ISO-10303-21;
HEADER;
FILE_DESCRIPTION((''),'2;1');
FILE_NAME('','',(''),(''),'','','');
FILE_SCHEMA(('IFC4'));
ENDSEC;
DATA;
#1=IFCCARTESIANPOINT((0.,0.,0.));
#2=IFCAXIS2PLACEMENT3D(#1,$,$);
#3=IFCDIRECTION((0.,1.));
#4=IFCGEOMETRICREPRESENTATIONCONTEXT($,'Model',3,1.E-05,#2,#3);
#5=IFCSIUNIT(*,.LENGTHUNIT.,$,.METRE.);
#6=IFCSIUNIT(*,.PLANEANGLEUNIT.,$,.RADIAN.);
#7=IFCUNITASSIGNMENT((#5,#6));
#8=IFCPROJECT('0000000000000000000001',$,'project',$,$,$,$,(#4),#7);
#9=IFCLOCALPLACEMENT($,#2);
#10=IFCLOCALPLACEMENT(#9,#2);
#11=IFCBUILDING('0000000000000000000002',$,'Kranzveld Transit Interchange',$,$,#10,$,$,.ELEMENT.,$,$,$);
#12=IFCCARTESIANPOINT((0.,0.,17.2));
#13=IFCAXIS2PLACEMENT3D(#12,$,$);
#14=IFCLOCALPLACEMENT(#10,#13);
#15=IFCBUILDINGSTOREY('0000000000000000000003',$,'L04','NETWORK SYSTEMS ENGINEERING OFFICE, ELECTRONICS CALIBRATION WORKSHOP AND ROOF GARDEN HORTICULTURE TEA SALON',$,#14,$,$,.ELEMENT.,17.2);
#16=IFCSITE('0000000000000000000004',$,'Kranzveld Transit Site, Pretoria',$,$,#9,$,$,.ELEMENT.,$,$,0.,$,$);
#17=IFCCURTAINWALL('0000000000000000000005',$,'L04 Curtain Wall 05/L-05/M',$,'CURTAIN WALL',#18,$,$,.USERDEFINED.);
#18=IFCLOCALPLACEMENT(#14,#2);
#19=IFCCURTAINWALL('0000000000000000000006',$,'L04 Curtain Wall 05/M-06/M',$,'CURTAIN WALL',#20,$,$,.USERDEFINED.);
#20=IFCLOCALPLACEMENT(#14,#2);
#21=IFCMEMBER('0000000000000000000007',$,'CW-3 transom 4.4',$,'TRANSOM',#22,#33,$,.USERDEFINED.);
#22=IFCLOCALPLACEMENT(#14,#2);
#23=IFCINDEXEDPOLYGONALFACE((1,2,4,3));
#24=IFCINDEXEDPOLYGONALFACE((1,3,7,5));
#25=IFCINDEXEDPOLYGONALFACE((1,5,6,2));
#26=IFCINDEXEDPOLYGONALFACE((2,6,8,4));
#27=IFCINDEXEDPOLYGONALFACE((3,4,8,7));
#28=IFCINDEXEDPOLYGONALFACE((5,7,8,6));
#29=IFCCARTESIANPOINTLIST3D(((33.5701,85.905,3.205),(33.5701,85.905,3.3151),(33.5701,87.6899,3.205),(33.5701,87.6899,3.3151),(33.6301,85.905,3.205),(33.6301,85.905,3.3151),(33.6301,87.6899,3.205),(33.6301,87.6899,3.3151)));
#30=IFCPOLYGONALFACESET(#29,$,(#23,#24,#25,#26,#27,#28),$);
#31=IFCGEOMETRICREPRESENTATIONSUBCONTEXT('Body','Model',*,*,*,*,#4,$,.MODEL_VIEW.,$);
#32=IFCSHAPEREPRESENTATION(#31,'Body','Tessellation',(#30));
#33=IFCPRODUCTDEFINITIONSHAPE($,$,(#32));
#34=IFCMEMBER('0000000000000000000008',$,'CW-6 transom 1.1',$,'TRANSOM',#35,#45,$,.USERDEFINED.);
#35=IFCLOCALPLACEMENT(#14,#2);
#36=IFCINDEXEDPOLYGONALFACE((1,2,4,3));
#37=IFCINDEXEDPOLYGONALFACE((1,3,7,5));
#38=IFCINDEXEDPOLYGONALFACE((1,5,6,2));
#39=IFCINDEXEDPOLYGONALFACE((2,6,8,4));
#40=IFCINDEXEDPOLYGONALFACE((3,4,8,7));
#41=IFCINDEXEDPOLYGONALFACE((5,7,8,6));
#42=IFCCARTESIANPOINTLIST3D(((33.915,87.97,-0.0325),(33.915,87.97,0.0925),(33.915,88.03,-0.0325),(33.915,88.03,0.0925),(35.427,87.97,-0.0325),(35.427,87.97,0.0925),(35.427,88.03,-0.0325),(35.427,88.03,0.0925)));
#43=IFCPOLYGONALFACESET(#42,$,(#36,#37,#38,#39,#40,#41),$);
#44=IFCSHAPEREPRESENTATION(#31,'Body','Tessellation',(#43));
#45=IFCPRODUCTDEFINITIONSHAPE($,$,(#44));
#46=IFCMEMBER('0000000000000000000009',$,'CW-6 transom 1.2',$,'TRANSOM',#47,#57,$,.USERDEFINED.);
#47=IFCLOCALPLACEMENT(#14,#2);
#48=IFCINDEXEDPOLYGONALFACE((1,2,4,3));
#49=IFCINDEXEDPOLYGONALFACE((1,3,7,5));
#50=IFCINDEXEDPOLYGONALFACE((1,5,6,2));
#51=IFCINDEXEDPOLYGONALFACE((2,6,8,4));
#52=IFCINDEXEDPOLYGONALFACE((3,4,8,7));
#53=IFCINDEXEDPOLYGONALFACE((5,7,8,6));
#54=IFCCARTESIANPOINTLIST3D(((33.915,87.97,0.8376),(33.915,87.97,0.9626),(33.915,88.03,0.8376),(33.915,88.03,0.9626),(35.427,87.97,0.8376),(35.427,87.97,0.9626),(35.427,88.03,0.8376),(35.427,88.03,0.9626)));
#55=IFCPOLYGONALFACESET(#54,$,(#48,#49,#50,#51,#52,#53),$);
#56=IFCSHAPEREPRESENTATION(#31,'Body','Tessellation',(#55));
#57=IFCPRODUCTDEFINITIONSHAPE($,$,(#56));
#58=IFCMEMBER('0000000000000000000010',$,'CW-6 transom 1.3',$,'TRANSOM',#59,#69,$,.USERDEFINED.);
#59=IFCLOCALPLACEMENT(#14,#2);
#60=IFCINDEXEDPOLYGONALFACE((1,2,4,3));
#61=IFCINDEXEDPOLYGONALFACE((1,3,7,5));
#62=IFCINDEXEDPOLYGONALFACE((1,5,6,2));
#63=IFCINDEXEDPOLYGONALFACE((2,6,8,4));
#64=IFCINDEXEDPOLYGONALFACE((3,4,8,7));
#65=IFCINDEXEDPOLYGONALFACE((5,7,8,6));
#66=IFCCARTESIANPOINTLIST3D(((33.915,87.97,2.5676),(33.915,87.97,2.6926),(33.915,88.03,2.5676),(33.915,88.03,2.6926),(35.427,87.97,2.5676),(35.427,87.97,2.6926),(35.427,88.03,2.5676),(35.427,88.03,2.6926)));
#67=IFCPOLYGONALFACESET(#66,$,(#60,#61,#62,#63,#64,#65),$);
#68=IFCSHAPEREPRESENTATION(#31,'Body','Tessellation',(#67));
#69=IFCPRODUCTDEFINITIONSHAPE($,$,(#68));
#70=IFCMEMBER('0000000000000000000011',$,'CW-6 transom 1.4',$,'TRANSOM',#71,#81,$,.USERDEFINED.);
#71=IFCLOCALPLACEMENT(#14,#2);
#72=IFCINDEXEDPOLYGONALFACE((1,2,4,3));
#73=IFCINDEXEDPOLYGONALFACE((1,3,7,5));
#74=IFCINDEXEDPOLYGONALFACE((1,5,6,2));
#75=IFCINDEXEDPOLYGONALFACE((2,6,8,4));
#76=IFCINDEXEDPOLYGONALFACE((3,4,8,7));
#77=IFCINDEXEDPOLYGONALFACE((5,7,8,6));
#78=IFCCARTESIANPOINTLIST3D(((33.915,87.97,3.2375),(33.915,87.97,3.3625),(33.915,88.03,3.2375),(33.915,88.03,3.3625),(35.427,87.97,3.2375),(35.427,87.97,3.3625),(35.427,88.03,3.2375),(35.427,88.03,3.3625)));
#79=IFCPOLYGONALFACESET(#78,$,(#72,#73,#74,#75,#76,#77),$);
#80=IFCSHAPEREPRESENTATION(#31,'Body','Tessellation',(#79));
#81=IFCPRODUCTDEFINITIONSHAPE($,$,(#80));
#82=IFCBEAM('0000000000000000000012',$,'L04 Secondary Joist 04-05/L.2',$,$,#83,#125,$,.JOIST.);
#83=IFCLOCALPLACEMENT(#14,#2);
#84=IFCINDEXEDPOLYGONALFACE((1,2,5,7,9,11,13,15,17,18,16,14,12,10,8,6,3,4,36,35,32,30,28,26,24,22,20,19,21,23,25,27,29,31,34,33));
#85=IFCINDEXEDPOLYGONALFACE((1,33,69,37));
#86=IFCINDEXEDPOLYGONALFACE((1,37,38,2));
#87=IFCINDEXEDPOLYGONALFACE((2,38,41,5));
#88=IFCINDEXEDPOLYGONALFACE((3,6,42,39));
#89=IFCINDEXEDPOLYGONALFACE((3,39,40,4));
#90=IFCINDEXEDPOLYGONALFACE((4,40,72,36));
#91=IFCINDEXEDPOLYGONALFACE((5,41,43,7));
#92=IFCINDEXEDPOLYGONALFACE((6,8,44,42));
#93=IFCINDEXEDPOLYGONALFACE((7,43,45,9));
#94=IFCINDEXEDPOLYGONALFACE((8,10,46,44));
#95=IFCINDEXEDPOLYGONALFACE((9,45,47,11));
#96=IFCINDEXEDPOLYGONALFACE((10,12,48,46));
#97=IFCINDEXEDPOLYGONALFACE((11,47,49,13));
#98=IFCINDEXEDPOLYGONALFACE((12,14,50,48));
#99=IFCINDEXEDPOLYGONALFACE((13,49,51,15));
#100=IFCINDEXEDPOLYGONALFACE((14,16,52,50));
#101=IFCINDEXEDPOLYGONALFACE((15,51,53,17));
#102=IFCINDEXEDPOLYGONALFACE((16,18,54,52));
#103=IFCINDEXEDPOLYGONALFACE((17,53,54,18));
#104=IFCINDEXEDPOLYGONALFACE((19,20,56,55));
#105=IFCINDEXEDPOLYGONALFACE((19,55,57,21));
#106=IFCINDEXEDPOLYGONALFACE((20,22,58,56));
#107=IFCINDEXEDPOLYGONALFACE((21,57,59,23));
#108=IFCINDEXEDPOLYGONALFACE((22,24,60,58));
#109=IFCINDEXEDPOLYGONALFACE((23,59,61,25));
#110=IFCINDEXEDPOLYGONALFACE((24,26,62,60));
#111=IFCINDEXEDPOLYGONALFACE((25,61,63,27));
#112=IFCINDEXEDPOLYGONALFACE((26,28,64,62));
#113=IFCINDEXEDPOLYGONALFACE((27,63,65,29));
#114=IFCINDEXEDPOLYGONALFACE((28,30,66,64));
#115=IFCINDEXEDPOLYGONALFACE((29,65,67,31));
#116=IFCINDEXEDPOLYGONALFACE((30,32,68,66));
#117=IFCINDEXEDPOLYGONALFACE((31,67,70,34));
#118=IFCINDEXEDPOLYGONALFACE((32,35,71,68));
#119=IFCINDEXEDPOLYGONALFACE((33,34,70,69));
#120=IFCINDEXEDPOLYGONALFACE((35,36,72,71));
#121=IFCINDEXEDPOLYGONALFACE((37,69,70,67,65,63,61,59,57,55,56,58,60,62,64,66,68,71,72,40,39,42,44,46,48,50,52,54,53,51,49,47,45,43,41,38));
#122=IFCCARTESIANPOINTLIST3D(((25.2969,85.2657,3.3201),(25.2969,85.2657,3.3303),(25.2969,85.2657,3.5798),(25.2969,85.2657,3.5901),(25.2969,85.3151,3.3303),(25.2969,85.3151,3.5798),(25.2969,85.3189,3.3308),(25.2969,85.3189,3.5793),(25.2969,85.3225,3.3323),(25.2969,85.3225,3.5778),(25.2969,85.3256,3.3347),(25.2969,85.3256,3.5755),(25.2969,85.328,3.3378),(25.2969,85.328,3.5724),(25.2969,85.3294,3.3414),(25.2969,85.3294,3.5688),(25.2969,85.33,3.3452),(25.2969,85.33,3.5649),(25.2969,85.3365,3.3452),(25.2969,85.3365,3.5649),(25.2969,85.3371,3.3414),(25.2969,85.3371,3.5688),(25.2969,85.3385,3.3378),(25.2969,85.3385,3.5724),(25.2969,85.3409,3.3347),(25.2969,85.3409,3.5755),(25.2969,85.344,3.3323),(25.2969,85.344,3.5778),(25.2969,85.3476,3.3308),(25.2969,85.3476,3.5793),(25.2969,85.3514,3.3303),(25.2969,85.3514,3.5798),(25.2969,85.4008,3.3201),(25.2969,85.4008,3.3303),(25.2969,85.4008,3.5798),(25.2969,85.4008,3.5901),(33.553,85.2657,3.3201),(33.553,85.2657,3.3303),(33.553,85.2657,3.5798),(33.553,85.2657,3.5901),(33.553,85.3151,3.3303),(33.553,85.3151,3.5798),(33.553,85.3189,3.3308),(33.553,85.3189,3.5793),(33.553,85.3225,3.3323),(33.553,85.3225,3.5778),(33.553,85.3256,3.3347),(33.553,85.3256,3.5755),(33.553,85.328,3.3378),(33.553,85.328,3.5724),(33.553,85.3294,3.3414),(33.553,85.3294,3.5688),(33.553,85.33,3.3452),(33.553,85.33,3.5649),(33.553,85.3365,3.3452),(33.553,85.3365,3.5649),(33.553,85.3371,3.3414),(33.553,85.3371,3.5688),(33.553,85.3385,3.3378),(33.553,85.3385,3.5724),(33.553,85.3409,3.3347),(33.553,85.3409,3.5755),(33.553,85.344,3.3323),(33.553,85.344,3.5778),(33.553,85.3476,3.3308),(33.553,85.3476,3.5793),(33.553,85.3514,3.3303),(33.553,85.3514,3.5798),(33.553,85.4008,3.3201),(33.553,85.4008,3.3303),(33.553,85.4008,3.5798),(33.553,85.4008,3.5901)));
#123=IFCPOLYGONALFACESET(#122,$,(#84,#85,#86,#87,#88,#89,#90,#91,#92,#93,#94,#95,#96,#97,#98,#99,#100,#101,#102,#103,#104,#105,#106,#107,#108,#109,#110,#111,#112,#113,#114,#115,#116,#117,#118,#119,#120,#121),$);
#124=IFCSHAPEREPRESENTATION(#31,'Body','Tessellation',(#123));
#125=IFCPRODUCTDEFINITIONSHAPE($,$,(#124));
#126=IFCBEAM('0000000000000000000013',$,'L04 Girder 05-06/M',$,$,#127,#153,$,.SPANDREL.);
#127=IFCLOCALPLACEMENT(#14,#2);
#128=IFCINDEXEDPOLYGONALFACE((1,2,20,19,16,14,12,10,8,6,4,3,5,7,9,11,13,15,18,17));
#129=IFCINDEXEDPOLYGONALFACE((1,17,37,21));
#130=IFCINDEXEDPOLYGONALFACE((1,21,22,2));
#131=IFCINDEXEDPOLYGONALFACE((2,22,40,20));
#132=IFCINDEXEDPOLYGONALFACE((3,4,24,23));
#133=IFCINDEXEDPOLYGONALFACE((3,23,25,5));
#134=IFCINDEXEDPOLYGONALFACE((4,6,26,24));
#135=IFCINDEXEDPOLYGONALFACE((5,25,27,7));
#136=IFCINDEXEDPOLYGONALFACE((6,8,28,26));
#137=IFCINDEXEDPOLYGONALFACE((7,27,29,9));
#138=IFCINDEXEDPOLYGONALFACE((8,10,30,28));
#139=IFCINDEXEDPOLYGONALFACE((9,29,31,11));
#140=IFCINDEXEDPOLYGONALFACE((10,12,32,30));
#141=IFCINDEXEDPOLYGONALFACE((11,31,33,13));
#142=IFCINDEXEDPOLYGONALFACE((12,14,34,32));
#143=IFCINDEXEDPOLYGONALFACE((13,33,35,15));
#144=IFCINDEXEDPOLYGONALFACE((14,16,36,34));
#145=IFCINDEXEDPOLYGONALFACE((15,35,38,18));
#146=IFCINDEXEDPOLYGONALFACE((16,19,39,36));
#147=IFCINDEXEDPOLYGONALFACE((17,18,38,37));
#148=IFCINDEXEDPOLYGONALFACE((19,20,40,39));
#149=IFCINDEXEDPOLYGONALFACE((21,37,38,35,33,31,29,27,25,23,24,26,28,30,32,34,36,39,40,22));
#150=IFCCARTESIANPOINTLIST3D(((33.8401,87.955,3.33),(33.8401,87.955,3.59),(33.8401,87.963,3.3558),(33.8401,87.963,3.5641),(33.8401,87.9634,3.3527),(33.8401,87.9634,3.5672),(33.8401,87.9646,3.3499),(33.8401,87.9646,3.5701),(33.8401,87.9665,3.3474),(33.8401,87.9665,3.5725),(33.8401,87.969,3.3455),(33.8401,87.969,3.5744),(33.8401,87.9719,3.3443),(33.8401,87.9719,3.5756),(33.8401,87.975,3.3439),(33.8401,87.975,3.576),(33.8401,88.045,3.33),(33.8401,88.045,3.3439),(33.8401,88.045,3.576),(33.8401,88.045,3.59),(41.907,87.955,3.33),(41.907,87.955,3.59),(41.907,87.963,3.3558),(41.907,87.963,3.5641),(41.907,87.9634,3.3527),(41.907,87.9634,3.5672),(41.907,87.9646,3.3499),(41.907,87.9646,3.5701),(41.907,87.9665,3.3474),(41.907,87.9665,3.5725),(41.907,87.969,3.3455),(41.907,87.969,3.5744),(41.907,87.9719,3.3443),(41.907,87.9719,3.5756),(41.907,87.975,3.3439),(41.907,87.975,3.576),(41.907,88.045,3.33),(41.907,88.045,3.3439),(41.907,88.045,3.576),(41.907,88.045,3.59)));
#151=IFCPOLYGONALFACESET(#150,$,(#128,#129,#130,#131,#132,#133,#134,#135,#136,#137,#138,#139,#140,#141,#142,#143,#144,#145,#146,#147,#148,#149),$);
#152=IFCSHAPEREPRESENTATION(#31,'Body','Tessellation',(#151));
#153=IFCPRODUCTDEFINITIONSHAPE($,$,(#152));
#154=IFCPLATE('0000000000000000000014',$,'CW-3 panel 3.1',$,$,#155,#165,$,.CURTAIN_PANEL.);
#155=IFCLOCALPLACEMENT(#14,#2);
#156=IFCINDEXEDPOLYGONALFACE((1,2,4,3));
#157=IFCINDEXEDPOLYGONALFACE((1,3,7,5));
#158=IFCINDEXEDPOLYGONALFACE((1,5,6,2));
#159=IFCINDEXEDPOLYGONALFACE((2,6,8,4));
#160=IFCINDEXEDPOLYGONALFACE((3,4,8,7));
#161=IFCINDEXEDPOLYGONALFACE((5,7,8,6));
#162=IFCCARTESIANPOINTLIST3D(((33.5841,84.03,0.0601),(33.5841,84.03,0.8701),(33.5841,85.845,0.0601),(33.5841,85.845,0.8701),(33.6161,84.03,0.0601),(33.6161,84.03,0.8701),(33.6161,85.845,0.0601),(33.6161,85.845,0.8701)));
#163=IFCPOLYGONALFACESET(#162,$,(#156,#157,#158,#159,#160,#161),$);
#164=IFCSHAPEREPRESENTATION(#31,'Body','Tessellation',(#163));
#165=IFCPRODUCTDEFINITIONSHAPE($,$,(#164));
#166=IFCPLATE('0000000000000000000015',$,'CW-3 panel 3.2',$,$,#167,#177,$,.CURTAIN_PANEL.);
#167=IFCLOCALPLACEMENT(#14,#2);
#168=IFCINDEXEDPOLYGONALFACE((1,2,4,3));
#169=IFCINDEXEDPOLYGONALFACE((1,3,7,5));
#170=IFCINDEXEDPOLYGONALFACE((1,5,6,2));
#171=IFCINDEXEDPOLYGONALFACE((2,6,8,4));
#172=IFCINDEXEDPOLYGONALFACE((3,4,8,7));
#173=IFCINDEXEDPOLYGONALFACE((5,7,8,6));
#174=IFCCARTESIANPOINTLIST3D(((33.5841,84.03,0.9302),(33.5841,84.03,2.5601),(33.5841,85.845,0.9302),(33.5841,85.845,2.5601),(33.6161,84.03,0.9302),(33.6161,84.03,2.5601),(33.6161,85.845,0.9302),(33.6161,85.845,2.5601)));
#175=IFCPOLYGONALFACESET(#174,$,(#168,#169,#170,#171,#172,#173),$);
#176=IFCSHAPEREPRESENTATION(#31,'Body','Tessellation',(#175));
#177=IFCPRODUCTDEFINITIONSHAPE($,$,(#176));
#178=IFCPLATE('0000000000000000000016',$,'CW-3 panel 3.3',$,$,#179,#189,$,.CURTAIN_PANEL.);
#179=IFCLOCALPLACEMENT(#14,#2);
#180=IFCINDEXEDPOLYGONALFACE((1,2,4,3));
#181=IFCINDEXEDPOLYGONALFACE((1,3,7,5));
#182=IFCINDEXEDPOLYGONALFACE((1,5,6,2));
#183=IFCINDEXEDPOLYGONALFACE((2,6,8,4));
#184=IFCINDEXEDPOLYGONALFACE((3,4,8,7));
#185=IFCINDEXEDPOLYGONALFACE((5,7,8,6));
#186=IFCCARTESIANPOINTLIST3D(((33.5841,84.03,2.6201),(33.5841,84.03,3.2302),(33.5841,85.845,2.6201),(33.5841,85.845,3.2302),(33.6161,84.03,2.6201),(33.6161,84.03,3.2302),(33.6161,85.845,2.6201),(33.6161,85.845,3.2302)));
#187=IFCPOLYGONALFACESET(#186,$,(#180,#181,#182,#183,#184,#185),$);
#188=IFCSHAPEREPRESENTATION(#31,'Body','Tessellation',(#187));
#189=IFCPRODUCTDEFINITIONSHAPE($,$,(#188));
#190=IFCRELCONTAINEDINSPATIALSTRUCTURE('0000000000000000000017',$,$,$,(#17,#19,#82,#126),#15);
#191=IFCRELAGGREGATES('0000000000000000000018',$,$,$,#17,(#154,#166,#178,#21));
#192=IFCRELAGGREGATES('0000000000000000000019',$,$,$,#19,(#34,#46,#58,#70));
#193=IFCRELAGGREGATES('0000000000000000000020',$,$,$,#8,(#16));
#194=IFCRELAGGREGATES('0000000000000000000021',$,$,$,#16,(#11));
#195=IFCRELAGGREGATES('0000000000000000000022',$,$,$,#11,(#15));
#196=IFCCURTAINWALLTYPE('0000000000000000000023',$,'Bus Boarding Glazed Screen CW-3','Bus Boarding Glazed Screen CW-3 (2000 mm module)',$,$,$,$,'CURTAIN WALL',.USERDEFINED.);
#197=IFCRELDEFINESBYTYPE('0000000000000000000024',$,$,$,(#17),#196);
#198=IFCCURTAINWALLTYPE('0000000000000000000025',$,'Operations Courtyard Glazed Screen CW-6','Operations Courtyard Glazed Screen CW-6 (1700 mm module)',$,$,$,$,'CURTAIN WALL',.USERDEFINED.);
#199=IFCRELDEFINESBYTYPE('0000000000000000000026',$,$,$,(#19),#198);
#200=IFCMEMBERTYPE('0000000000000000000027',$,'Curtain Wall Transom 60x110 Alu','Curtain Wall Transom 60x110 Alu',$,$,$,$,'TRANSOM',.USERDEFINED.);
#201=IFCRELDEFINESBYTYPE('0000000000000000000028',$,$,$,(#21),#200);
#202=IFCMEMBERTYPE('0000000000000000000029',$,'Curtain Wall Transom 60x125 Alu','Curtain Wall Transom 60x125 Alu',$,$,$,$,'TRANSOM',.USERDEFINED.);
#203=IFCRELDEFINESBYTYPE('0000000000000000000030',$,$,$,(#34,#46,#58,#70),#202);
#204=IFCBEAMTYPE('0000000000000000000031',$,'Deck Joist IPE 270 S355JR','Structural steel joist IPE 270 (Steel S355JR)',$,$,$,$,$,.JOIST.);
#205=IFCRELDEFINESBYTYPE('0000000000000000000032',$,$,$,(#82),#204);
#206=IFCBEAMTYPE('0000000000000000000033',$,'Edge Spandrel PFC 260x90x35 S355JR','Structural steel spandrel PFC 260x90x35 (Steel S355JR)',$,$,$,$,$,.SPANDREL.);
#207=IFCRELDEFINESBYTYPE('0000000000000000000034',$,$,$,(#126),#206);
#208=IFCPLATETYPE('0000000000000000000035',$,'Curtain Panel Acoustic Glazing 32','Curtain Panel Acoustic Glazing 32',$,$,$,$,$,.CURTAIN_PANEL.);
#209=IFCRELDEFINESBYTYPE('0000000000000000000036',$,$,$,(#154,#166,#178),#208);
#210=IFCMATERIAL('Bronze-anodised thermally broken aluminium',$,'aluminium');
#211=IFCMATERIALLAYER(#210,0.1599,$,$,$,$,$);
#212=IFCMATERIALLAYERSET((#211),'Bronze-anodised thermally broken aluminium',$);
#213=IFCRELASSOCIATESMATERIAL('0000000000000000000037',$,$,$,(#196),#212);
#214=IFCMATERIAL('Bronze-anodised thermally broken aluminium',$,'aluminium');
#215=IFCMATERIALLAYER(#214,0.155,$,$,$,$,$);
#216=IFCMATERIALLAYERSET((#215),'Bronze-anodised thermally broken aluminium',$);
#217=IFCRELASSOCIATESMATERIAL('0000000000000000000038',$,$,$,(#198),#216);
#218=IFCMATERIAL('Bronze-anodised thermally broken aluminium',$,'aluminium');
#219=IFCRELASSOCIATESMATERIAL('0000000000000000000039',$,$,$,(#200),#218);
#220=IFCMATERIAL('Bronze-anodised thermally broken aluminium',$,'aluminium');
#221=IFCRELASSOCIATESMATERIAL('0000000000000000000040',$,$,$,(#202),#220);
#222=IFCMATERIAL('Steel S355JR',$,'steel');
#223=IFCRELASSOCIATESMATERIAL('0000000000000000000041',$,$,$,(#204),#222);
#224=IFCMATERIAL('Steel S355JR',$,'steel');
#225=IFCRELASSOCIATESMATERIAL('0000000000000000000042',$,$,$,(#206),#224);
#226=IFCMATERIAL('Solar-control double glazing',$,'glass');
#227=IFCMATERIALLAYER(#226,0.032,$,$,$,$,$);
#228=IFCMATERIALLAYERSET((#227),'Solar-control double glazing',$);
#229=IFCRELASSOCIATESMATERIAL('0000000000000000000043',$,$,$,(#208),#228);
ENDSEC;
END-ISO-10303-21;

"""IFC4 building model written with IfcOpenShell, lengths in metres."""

from ifc_helpers import new_model, si_unit, direction, frame, origin, origin_2d, place, context, subcontext, project, spatial, rectangle, i_section, u_section, extrude, material, layer, layer_set, material_profile, profile_set, type_object, element, aggregate, save


model = new_model("IFC4")

# Units and contexts
model_context = context("Model", 3, precision=1e-05, world=origin(), true_north=direction((0.0, 1.0)))
body_context = subcontext(model_context, "Body", "Model", "MODEL_VIEW")
ifc_project = project(units=[si_unit("LENGTHUNIT", "METRE"), si_unit("PLANEANGLEUNIT", "RADIAN")], contexts=[model_context])

# Site, building, storey
site_placement = place(None, origin())
site = spatial("IfcSite", under=ifc_project, at=site_placement, Name="Kranzveld Transit Site, Pretoria", CompositionType="ELEMENT", RefElevation=0.0)
building_placement = place(site_placement, origin())
building = spatial("IfcBuilding", under=site, at=building_placement, Name="Kranzveld Transit Interchange", CompositionType="ELEMENT")
storey_placement = place(building_placement, frame((0.0, 0.0, 17.2)))
storey = spatial("IfcBuildingStorey", under=building, at=storey_placement, Name="L04", Description="NETWORK SYSTEMS ENGINEERING OFFICE, ELECTRONICS CALIBRATION WORKSHOP AND ROOF GARDEN HORTICULTURE TEA SALON", CompositionType="ELEMENT", Elevation=17.2)

# Curtain wall
ifc_material_1 = material(Name="Bronze-anodised thermally broken aluminium", Category="aluminium")
ifc_layer_1 = layer(ifc_material_1, 0.1599)
ifc_layer_set_1 = layer_set([ifc_layer_1], Name="Bronze-anodised thermally broken aluminium")
curtain_wall_type_1 = type_object("IfcCurtainWallType", Name="Bus Boarding Glazed Screen CW-3", Description="Bus Boarding Glazed Screen CW-3 (2000 mm module)", ElementType="CURTAIN WALL", PredefinedType="USERDEFINED", material=ifc_layer_set_1)
curtain_wall_1_placement = place(storey_placement, origin())
curtain_wall_1 = element("IfcCurtainWall", 1, at=curtain_wall_1_placement, inside=storey, type_object=curtain_wall_type_1, Name="L04 Curtain Wall 05/L-05/M", ObjectType="CURTAIN WALL", PredefinedType="USERDEFINED")

# Curtain wall
ifc_material_2 = material(Name="Bronze-anodised thermally broken aluminium", Category="aluminium")
ifc_layer_2 = layer(ifc_material_2, 0.155)
ifc_layer_set_2 = layer_set([ifc_layer_2], Name="Bronze-anodised thermally broken aluminium")
curtain_wall_type_2 = type_object("IfcCurtainWallType", Name="Operations Courtyard Glazed Screen CW-6", Description="Operations Courtyard Glazed Screen CW-6 (1700 mm module)", ElementType="CURTAIN WALL", PredefinedType="USERDEFINED", material=ifc_layer_set_2)
curtain_wall_2_placement = place(storey_placement, origin())
curtain_wall_2 = element("IfcCurtainWall", 2, at=curtain_wall_2_placement, inside=storey, type_object=curtain_wall_type_2, Name="L04 Curtain Wall 05/M-06/M", ObjectType="CURTAIN WALL", PredefinedType="USERDEFINED")

# Members
ifc_material_3 = material(Name="Bronze-anodised thermally broken aluminium", Category="aluminium")
ifc_material_profile_1 = material_profile(ifc_material_3, rectangle(XDim=0.0601, YDim=0.1101, at=origin_2d()), Name="ALU TRANSOM 60x110")
ifc_profile_set_1 = profile_set([ifc_material_profile_1], Name="Bronze-anodised thermally broken aluminium")
member_type_1 = type_object("IfcMemberType", Name="Curtain Wall Transom 60x110 Alu", Description="Curtain Wall Transom 60x110 Alu", ElementType="TRANSOM", PredefinedType="USERDEFINED", material=ifc_profile_set_1)
member_1_placement = place(storey_placement, frame((33.6001, 85.905, 3.26), z_axis=(0.0, 1.0, 0.0), x_axis=(-1.0, 0.0, 0.0)))
member_1 = element("IfcMember", 3, at=member_1_placement, type_object=member_type_1, Name="CW-3 transom 4.4", ObjectType="TRANSOM", PredefinedType="USERDEFINED", context=body_context, shape_type="SweptSolid", body=[
    extrude(rectangle(XDim=0.0601, YDim=0.1101, at=origin_2d()), origin(), (0.0, 0.0, 1.0), 1.7849),
])
ifc_material_4 = material(Name="Bronze-anodised thermally broken aluminium", Category="aluminium")
ifc_material_profile_2 = material_profile(ifc_material_4, rectangle(XDim=0.0601, YDim=0.125, at=origin_2d()), Name="ALU TRANSOM 60x125")
ifc_profile_set_2 = profile_set([ifc_material_profile_2], Name="Bronze-anodised thermally broken aluminium")
member_type_2 = type_object("IfcMemberType", Name="Curtain Wall Transom 60x125 Alu", Description="Curtain Wall Transom 60x125 Alu", ElementType="TRANSOM", PredefinedType="USERDEFINED", material=ifc_profile_set_2)
member_2_placement = place(storey_placement, frame((33.915, 88.0, 0.03), z_axis=(1.0, 0.0, 0.0), x_axis=(0.0, 1.0, 0.0)))
member_2 = element("IfcMember", 4, at=member_2_placement, type_object=member_type_2, Name="CW-6 transom 1.1", ObjectType="TRANSOM", PredefinedType="USERDEFINED", context=body_context, shape_type="SweptSolid", body=[
    extrude(rectangle(XDim=0.0601, YDim=0.125, at=origin_2d()), origin(), (0.0, 0.0, 1.0), 1.512),
])
member_3_placement = place(storey_placement, frame((33.915, 88.0, 0.9001), z_axis=(1.0, 0.0, 0.0), x_axis=(0.0, 1.0, 0.0)))
member_3 = element("IfcMember", 5, at=member_3_placement, type_object=member_type_2, Name="CW-6 transom 1.2", ObjectType="TRANSOM", PredefinedType="USERDEFINED", context=body_context, shape_type="SweptSolid", body=[
    extrude(rectangle(XDim=0.0601, YDim=0.125, at=origin_2d()), origin(), (0.0, 0.0, 1.0), 1.512),
])
member_4_placement = place(storey_placement, frame((33.915, 88.0, 2.6301), z_axis=(1.0, 0.0, 0.0), x_axis=(0.0, 1.0, 0.0)))
member_4 = element("IfcMember", 6, at=member_4_placement, type_object=member_type_2, Name="CW-6 transom 1.3", ObjectType="TRANSOM", PredefinedType="USERDEFINED", context=body_context, shape_type="SweptSolid", body=[
    extrude(rectangle(XDim=0.0601, YDim=0.125, at=origin_2d()), origin(), (0.0, 0.0, 1.0), 1.512),
])
member_5_placement = place(storey_placement, frame((33.915, 88.0, 3.3), z_axis=(1.0, 0.0, 0.0), x_axis=(0.0, 1.0, 0.0)))
member_5 = element("IfcMember", 7, at=member_5_placement, type_object=member_type_2, Name="CW-6 transom 1.4", ObjectType="TRANSOM", PredefinedType="USERDEFINED", context=body_context, shape_type="SweptSolid", body=[
    extrude(rectangle(XDim=0.0601, YDim=0.125, at=origin_2d()), origin(), (0.0, 0.0, 1.0), 1.512),
])

# Beams
ifc_material_5 = material(Name="Steel S355JR", Category="steel")
ifc_material_profile_3 = material_profile(ifc_material_5, i_section(OverallWidth=0.135, OverallDepth=0.27, WebThickness=0.0066, FlangeThickness=0.0103, FilletRadius=0.0149, at=origin_2d()), Name="IPE 270")
ifc_profile_set_3 = profile_set([ifc_material_profile_3], Name="Steel S355JR")
beam_type_1 = type_object("IfcBeamType", Name="Deck Joist IPE 270 S355JR", Description="Structural steel joist IPE 270 (Steel S355JR)", PredefinedType="JOIST", material=ifc_profile_set_3)
beam_1_placement = place(storey_placement, frame((25.2969, 85.3333, 3.4551), z_axis=(1.0, 0.0, 0.0), x_axis=(0.0, 1.0, 0.0)))
element("IfcBeam", 8, at=beam_1_placement, inside=storey, type_object=beam_type_1, Name="L04 Secondary Joist 04-05/L.2", PredefinedType="JOIST", context=body_context, shape_type="SweptSolid", body=[
    extrude(i_section(OverallWidth=0.135, OverallDepth=0.27, WebThickness=0.0066, FlangeThickness=0.0103, FilletRadius=0.0149, at=origin_2d()), origin(), (0.0, 0.0, 1.0), 8.2561),
])
ifc_material_6 = material(Name="Steel S355JR", Category="steel")
ifc_material_profile_4 = material_profile(ifc_material_6, u_section(Depth=0.26, FlangeWidth=0.0901, WebThickness=0.0081, FlangeThickness=0.0139, FilletRadius=0.012, at=origin_2d()), Name="PFC 260x90x35")
ifc_profile_set_4 = profile_set([ifc_material_profile_4], Name="Steel S355JR")
beam_type_2 = type_object("IfcBeamType", Name="Edge Spandrel PFC 260x90x35 S355JR", Description="Structural steel spandrel PFC 260x90x35 (Steel S355JR)", PredefinedType="SPANDREL", material=ifc_profile_set_4)
beam_2_placement = place(storey_placement, frame((33.8401, 88.0, 3.46), z_axis=(1.0, 0.0, 0.0), x_axis=(0.0, 1.0, 0.0)))
element("IfcBeam", 9, at=beam_2_placement, inside=storey, type_object=beam_type_2, Name="L04 Girder 05-06/M", PredefinedType="SPANDREL", context=body_context, shape_type="SweptSolid", body=[
    extrude(u_section(Depth=0.26, FlangeWidth=0.0901, WebThickness=0.0081, FlangeThickness=0.0139, FilletRadius=0.012, at=origin_2d()), origin(), (0.0, 0.0, 1.0), 8.0669),
])

# Plates
ifc_material_7 = material(Name="Solar-control double glazing", Category="glass")
ifc_layer_3 = layer(ifc_material_7, 0.032)
ifc_layer_set_3 = layer_set([ifc_layer_3], Name="Solar-control double glazing")
plate_type_1 = type_object("IfcPlateType", Name="Curtain Panel Acoustic Glazing 32", Description="Curtain Panel Acoustic Glazing 32", PredefinedType="CURTAIN_PANEL", material=ifc_layer_set_3)
plate_1_placement = place(storey_placement, frame((33.6001, 84.9375, 0.0601), z_axis=(0.0, 0.0, 1.0), x_axis=(0.0, 1.0, 0.0)))
plate_1 = element("IfcPlate", 10, at=plate_1_placement, type_object=plate_type_1, Name="CW-3 panel 3.1", PredefinedType="CURTAIN_PANEL", context=body_context, shape_type="SweptSolid", body=[
    extrude(rectangle(XDim=1.8149, YDim=0.032, at=origin_2d()), origin(), (0.0, 0.0, 1.0), 0.8101),
])
plate_2_placement = place(storey_placement, frame((33.6001, 84.9375, 0.9302), z_axis=(0.0, 0.0, 1.0), x_axis=(0.0, 1.0, 0.0)))
plate_2 = element("IfcPlate", 11, at=plate_2_placement, type_object=plate_type_1, Name="CW-3 panel 3.2", PredefinedType="CURTAIN_PANEL", context=body_context, shape_type="SweptSolid", body=[
    extrude(rectangle(XDim=1.8149, YDim=0.032, at=origin_2d()), origin(), (0.0, 0.0, 1.0), 1.6299),
])
plate_3_placement = place(storey_placement, frame((33.6001, 84.9375, 2.6201), z_axis=(0.0, 0.0, 1.0), x_axis=(0.0, 1.0, 0.0)))
plate_3 = element("IfcPlate", 12, at=plate_3_placement, type_object=plate_type_1, Name="CW-3 panel 3.3", PredefinedType="CURTAIN_PANEL", context=body_context, shape_type="SweptSolid", body=[
    extrude(rectangle(XDim=1.8149, YDim=0.032, at=origin_2d()), origin(), (0.0, 0.0, 1.0), 0.6101),
])
aggregate(curtain_wall_1, [plate_1, plate_2, plate_3, member_1])
aggregate(curtain_wall_2, [member_2, member_3, member_4, member_5])

save(model, "model.ifc")
